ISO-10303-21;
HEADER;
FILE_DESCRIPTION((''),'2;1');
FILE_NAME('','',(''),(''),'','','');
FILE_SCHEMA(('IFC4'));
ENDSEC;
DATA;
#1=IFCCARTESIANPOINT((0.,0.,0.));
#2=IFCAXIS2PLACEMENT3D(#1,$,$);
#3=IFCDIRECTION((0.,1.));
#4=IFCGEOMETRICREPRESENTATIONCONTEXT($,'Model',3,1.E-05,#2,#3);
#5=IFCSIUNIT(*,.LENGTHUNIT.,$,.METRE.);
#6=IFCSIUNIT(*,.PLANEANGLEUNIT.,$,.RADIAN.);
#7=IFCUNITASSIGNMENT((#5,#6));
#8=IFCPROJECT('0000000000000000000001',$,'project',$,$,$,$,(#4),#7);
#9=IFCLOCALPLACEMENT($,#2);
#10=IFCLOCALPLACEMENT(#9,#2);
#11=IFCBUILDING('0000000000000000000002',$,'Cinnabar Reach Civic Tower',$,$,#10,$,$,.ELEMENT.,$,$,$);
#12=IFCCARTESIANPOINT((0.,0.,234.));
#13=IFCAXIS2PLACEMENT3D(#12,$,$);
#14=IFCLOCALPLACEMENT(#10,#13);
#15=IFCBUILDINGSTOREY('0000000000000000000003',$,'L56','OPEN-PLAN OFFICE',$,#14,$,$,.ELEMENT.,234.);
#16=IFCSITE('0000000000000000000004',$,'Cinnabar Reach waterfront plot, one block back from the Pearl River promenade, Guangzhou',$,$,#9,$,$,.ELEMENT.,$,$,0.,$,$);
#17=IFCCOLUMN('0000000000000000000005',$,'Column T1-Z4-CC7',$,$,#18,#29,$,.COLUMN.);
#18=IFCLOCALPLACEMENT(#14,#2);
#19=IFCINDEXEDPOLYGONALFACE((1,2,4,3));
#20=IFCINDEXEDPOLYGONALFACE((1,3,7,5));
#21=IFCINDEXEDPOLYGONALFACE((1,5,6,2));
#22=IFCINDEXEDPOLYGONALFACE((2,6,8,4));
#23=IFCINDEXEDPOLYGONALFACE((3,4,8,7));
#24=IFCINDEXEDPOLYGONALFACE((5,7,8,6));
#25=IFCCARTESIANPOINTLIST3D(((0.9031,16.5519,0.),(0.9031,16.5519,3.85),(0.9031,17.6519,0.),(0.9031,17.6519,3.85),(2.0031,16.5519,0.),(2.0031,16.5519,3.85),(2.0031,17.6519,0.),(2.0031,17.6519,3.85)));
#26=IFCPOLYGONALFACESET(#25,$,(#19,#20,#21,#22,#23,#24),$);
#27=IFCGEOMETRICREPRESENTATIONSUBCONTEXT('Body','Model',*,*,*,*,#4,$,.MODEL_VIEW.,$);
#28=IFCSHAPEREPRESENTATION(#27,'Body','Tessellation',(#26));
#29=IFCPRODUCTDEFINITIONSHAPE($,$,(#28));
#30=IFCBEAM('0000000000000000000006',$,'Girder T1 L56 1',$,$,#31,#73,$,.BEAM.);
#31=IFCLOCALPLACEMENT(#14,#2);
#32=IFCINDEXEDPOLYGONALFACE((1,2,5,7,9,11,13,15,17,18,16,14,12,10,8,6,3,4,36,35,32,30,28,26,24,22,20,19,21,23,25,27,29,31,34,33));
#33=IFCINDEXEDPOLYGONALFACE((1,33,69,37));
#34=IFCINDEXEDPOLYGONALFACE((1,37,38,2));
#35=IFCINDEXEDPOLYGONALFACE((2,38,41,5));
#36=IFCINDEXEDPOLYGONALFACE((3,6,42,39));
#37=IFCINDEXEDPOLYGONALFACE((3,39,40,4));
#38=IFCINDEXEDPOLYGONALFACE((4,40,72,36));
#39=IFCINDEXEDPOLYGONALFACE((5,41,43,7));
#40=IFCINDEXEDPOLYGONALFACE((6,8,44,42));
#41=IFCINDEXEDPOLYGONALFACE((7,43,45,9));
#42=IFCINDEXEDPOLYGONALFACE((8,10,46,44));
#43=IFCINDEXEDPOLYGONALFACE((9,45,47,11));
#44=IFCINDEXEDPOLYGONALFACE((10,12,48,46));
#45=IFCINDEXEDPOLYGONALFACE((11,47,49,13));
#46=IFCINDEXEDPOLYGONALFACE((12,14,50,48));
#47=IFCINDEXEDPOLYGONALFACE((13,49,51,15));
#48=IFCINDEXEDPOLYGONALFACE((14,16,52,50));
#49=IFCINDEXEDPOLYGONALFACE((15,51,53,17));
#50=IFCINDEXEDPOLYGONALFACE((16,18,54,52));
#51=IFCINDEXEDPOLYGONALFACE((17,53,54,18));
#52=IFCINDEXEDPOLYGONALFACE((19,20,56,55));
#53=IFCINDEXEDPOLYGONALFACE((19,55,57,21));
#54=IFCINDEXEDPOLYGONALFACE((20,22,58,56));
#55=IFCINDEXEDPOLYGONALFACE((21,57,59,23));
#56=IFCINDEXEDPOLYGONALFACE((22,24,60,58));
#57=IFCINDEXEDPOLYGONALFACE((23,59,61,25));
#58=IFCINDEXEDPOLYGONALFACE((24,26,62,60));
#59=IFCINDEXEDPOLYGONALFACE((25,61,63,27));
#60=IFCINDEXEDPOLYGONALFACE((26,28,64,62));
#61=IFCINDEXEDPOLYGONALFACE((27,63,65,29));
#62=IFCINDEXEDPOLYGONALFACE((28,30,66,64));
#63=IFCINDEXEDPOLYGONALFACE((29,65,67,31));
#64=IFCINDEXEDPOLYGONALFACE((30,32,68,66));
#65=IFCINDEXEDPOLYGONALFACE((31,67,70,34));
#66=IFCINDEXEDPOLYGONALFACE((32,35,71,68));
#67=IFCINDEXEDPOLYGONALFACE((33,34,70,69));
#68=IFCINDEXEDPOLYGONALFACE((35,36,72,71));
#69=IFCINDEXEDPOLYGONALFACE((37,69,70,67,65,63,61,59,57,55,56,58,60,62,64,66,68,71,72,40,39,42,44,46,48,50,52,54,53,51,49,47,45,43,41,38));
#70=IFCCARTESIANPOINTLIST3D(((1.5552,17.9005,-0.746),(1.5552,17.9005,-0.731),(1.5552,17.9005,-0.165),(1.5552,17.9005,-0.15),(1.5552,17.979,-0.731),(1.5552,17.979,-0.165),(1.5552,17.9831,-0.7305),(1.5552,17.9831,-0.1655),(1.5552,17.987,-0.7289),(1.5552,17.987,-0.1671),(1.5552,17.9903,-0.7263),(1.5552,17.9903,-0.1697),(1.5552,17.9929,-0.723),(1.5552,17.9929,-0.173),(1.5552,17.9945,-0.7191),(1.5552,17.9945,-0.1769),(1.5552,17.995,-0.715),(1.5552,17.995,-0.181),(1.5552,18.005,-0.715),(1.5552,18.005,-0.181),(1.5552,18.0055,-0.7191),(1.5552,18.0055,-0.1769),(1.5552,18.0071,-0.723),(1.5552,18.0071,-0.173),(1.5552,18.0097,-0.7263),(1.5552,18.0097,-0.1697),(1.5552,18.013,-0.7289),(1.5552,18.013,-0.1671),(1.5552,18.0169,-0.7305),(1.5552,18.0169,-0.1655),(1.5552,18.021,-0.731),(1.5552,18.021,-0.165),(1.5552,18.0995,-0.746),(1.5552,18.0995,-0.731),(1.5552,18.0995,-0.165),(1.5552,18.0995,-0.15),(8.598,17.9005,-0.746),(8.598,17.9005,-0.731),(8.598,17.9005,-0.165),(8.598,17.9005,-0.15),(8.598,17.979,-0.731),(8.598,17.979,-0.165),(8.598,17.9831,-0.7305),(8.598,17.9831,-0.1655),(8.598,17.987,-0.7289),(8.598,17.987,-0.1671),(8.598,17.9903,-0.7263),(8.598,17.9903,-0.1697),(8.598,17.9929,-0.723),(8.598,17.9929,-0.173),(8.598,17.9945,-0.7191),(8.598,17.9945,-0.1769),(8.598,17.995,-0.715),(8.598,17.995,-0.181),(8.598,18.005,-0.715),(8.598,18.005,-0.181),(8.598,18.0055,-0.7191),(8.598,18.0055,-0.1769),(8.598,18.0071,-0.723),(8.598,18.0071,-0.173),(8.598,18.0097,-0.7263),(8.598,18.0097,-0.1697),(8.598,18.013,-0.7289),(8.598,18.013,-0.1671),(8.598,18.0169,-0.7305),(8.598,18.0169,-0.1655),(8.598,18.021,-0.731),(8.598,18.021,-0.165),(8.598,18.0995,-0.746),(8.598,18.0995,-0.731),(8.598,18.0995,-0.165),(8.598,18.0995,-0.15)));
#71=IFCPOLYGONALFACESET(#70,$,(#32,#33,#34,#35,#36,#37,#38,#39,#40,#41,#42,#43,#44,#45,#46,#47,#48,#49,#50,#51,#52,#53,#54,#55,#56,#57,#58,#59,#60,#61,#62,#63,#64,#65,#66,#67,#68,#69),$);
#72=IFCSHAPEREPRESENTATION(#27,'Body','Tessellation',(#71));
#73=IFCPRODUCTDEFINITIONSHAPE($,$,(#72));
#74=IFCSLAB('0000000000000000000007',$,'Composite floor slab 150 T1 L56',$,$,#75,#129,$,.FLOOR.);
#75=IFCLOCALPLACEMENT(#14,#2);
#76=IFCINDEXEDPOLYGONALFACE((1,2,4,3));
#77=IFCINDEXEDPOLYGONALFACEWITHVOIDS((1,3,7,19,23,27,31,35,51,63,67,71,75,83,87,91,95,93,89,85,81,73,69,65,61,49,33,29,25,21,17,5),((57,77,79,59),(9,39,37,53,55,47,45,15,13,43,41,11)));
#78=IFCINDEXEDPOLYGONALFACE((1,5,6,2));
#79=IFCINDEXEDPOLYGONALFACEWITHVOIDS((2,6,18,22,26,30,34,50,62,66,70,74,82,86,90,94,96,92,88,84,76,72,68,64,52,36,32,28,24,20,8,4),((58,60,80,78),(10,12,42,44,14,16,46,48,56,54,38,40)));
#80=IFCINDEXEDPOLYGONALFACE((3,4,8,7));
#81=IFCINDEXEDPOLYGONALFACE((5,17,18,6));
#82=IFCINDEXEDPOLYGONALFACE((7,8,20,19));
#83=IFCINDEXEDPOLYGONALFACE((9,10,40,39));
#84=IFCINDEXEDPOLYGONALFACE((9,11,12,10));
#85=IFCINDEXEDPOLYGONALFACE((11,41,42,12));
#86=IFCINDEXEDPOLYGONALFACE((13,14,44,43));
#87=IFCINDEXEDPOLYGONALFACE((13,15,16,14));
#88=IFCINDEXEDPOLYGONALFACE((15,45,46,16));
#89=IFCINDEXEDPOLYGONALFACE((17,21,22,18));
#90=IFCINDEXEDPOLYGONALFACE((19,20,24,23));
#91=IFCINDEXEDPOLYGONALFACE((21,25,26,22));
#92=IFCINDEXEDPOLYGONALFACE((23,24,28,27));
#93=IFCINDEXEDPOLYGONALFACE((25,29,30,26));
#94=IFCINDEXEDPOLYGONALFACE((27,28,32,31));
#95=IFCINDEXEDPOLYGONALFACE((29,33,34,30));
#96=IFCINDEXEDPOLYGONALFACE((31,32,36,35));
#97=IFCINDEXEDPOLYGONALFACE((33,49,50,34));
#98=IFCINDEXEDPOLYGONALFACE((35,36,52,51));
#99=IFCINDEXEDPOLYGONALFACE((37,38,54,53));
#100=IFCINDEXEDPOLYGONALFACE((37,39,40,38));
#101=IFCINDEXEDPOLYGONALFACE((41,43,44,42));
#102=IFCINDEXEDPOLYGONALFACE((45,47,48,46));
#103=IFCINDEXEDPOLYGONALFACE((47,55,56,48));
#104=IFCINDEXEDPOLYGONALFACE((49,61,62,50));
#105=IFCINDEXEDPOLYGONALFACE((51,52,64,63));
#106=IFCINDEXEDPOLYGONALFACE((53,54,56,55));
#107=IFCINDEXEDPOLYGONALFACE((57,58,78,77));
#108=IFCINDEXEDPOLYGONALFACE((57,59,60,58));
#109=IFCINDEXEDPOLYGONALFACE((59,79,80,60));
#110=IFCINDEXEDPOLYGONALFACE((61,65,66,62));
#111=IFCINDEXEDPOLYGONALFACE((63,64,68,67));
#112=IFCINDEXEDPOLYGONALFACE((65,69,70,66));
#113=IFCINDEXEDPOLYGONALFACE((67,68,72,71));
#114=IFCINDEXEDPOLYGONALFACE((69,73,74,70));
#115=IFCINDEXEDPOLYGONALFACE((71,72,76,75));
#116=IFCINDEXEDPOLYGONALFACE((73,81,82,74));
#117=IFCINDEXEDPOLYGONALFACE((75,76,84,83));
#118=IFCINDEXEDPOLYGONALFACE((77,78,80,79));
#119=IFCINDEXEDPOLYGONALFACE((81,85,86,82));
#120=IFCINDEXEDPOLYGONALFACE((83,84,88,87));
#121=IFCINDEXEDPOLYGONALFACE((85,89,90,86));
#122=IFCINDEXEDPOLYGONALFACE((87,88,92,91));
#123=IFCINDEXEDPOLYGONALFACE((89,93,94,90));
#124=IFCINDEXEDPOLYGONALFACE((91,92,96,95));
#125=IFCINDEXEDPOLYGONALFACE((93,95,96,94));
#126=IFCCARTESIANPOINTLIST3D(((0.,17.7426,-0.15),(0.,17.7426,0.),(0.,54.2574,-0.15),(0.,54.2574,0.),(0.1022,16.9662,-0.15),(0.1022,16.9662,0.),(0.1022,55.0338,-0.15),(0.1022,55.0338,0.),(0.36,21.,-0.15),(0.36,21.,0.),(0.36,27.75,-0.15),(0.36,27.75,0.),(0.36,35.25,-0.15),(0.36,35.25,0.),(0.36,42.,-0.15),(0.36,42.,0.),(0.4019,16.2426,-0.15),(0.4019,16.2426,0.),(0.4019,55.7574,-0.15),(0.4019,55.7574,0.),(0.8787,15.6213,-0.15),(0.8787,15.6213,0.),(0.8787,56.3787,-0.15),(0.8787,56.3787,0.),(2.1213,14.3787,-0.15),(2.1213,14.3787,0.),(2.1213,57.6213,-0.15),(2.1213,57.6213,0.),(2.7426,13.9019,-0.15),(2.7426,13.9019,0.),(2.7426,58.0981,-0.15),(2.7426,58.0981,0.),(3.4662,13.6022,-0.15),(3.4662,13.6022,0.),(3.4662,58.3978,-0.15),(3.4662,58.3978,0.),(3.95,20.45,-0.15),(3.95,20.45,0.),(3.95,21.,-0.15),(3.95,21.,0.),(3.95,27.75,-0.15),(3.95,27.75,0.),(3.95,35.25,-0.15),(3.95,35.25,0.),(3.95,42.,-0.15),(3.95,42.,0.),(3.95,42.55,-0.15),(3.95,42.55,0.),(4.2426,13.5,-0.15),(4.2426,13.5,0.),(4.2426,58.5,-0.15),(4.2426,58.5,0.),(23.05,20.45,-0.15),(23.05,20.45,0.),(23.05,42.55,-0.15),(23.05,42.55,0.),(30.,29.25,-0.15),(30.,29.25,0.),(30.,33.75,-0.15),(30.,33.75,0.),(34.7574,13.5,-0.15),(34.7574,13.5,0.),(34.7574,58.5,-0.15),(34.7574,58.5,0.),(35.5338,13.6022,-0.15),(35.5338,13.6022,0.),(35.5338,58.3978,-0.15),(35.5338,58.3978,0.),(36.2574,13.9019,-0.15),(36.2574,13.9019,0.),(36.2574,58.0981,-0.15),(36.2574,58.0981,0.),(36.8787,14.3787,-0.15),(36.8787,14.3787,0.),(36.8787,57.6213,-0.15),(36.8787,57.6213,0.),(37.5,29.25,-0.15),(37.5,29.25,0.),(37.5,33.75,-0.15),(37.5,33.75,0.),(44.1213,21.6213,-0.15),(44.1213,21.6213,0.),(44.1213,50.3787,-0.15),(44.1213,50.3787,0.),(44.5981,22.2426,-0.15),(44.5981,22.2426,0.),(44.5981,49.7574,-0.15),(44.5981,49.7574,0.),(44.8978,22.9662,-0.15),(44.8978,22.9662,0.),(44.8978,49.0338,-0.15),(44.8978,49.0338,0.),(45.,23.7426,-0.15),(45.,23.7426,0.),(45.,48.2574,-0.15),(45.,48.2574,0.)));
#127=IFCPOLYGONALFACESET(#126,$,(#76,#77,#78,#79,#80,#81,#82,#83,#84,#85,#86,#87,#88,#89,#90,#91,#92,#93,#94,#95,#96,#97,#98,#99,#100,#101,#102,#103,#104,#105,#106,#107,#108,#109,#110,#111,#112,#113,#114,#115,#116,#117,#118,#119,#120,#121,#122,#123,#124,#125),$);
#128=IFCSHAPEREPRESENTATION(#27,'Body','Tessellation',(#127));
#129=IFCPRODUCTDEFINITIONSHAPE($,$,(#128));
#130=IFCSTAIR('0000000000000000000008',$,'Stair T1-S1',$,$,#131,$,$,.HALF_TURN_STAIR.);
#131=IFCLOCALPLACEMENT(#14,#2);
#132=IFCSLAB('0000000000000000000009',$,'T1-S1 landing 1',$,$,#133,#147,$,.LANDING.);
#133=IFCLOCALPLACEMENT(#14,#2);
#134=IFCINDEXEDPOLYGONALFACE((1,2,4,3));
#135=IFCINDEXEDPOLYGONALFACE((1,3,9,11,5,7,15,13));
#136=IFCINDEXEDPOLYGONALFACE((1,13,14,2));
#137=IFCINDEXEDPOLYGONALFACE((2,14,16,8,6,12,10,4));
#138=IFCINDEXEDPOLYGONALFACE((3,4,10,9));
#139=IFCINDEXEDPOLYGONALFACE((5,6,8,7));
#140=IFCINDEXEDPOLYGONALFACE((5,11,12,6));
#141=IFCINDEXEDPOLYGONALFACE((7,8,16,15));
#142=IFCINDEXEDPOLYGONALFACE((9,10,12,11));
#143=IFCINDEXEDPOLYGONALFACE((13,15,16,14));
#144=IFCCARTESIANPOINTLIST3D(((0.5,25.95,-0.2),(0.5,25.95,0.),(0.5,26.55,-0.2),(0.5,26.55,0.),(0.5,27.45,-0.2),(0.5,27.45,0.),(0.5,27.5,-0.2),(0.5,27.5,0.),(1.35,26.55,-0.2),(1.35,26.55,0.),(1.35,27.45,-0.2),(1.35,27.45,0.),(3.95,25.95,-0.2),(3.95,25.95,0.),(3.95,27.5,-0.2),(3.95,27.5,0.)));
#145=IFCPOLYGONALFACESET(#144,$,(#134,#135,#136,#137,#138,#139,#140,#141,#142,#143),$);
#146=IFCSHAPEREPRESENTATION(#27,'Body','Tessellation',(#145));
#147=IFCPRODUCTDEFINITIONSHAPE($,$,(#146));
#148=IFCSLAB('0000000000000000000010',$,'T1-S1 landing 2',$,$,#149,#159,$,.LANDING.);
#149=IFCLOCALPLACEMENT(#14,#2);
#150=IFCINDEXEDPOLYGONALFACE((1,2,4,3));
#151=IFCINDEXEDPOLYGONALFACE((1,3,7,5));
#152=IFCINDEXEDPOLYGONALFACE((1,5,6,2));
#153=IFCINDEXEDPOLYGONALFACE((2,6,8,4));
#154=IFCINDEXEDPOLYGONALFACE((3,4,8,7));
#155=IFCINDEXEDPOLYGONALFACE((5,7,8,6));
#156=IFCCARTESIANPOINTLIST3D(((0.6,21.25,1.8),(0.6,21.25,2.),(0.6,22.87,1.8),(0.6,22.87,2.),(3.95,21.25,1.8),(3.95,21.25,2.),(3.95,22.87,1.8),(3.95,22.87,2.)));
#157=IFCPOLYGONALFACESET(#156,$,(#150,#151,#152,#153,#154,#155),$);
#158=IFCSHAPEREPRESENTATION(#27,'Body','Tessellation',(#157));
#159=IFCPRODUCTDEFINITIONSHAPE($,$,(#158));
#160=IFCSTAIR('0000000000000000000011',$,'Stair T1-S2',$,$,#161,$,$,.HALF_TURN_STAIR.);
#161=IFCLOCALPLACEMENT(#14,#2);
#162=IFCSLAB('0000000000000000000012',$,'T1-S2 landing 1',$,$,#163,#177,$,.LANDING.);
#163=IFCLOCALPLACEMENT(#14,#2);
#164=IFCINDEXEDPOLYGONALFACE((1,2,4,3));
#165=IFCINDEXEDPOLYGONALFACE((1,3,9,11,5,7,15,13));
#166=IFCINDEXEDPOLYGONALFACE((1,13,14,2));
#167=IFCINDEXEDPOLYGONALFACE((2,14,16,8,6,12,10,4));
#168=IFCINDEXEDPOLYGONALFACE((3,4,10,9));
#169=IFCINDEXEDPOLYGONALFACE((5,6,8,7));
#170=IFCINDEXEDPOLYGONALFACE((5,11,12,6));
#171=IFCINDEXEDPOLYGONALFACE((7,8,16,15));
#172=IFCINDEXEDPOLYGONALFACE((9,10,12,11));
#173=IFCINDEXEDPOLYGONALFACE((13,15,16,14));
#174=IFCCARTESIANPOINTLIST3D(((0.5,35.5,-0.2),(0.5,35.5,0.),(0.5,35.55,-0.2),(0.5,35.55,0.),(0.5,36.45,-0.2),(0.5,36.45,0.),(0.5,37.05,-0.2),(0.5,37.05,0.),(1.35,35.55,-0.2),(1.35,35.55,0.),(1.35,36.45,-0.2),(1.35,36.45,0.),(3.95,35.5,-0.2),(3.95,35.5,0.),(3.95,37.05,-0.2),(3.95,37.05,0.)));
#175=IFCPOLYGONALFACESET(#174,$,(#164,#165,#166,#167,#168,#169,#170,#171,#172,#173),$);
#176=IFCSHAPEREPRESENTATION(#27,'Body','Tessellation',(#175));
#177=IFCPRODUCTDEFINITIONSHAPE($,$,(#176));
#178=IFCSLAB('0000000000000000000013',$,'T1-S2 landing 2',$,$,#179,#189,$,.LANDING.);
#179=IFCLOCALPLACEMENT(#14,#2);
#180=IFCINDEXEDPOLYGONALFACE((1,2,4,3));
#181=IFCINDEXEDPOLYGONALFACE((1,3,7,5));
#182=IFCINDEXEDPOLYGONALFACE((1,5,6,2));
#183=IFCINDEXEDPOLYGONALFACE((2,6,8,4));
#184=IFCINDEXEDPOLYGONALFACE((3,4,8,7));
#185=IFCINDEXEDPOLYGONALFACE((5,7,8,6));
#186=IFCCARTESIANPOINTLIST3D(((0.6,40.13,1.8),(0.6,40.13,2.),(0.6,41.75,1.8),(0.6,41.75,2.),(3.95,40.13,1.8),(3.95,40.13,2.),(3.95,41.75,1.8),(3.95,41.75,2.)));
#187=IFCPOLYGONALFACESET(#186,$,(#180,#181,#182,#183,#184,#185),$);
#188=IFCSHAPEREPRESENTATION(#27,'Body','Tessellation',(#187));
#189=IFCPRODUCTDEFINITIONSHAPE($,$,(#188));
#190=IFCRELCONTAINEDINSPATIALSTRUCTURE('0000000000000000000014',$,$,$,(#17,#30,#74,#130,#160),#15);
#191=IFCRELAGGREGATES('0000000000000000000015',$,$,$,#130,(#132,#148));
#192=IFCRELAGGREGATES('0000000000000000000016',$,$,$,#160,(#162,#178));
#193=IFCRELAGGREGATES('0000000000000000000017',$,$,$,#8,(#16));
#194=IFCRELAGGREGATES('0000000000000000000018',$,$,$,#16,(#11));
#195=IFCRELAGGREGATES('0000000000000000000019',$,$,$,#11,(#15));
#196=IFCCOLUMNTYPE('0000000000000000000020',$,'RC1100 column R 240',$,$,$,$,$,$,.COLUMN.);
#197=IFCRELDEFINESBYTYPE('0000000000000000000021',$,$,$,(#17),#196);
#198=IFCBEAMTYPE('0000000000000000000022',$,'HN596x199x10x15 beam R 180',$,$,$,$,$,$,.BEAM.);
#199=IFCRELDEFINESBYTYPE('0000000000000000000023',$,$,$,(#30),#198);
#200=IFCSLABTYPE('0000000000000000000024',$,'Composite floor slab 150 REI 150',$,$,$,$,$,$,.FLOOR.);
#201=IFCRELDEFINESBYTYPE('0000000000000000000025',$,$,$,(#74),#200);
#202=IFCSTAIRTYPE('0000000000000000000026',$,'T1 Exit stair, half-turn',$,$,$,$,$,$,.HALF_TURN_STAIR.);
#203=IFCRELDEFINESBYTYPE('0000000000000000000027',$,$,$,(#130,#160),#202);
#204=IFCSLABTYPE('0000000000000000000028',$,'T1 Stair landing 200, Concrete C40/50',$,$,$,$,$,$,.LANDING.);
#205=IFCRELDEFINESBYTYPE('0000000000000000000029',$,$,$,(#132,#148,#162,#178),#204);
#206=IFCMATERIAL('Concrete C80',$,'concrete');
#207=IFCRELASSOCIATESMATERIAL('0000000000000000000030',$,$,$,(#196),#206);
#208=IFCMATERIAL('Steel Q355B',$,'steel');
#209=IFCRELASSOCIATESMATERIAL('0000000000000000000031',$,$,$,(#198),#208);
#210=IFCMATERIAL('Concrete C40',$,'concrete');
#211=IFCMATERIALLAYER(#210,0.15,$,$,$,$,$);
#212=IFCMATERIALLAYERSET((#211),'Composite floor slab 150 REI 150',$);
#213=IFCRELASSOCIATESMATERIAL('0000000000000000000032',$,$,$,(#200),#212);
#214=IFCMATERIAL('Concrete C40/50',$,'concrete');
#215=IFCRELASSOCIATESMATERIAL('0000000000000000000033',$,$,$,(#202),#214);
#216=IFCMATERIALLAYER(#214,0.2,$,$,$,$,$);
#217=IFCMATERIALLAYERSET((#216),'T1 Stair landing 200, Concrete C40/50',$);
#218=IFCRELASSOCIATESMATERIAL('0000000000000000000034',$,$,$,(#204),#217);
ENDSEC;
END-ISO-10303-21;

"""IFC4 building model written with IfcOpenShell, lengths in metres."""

from ifc_helpers import new_model, si_unit, direction, frame, origin, origin_2d, place, context, subcontext, project, spatial, polyline, rectangle, i_section, outline, extrude, material, layer, layer_set, material_profile, profile_set, type_object, element, aggregate, save


model = new_model("IFC4")

# Units and contexts
model_context = context("Model", 3, precision=1e-05, world=origin(), true_north=direction((0.0, 1.0)))
body_context = subcontext(model_context, "Body", "Model", "MODEL_VIEW")
ifc_project = project(units=[si_unit("LENGTHUNIT", "METRE"), si_unit("PLANEANGLEUNIT", "RADIAN")], contexts=[model_context])

# Site, building, storey
site_placement = place(None, origin())
site = spatial("IfcSite", under=ifc_project, at=site_placement, Name="Cinnabar Reach waterfront plot, one block back from the Pearl River promenade, Guangzhou", CompositionType="ELEMENT", RefElevation=0.0)
building_placement = place(site_placement, origin())
building = spatial("IfcBuilding", under=site, at=building_placement, Name="Cinnabar Reach Civic Tower", CompositionType="ELEMENT")
storey_placement = place(building_placement, frame((0.0, 0.0, 234.0)))
storey = spatial("IfcBuildingStorey", under=building, at=storey_placement, Name="L56", Description="OPEN-PLAN OFFICE", CompositionType="ELEMENT", Elevation=234.0)

# Column
ifc_material_1 = material(Name="Concrete C80", Category="concrete")
ifc_material_profile_1 = material_profile(ifc_material_1, rectangle(XDim=1.1, YDim=1.1, at=origin_2d()), Name="RC1100")
ifc_profile_set_1 = profile_set([ifc_material_profile_1], Name="Concrete C80")
column_type = type_object("IfcColumnType", Name="RC1100 column R 240", PredefinedType="COLUMN", material=ifc_profile_set_1)
column_placement = place(storey_placement, frame((1.4531, 17.1019, 0.0), z_axis=(0.0, 0.0, 1.0), x_axis=(1.0, 0.0, 0.0)))
element("IfcColumn", 1, at=column_placement, inside=storey, type_object=column_type, Name="Column T1-Z4-CC7", PredefinedType="COLUMN", context=body_context, shape_type="SweptSolid", body=[
    extrude(rectangle(XDim=1.1, YDim=1.1, at=origin_2d()), origin(), (0.0, 0.0, 1.0), 3.85),
])

# Beam
ifc_material_2 = material(Name="Steel Q355B", Category="steel")
ifc_material_profile_2 = material_profile(ifc_material_2, i_section(OverallWidth=0.199, OverallDepth=0.596, WebThickness=0.01, FlangeThickness=0.015, FilletRadius=0.016, at=origin_2d()), Name="HN596x199x10x15")
ifc_profile_set_2 = profile_set([ifc_material_profile_2], Name="Steel Q355B")
beam_type = type_object("IfcBeamType", Name="HN596x199x10x15 beam R 180", PredefinedType="BEAM", material=ifc_profile_set_2)
beam_placement = place(storey_placement, frame((1.5552, 18.0, -0.448), z_axis=(1.0, 0.0, 0.0), x_axis=(0.0, 1.0, 0.0)))
element("IfcBeam", 2, at=beam_placement, inside=storey, type_object=beam_type, Name="Girder T1 L56 1", PredefinedType="BEAM", context=body_context, shape_type="SweptSolid", body=[
    extrude(i_section(OverallWidth=0.199, OverallDepth=0.596, WebThickness=0.01, FlangeThickness=0.015, FilletRadius=0.016, at=origin_2d()), origin(), (0.0, 0.0, 1.0), 7.0428),
])

# Slab
ifc_material_3 = material(Name="Concrete C40", Category="concrete")
ifc_layer_1 = layer(ifc_material_3, 0.15)
ifc_layer_set_1 = layer_set([ifc_layer_1], Name="Composite floor slab 150 REI 150")
slab_type_1 = type_object("IfcSlabType", Name="Composite floor slab 150 REI 150", PredefinedType="FLOOR", material=ifc_layer_set_1)
slab_1_placement = place(storey_placement, frame((0.0, 0.0, -0.15)))
element("IfcSlab", 3, at=slab_1_placement, inside=storey, type_object=slab_type_1, Name="Composite floor slab 150 T1 L56", PredefinedType="FLOOR", context=body_context, shape_type="SweptSolid", body=[
    extrude(outline(polyline([(0.8787, 15.6213), (0.4019, 16.2426), (0.1022, 16.9662), (0.0, 17.7426), (0.0, 54.2574), (0.1022, 55.0338), (0.4019, 55.7574), (0.8787, 56.3787), (2.1213, 57.6213), (2.7426, 58.0981), (3.4662, 58.3978), (4.2426, 58.5), (34.7574, 58.5), (35.5338, 58.3978), (36.2574, 58.0981), (36.8787, 57.6213), (44.1213, 50.3787), (44.5981, 49.7574), (44.8978, 49.0338), (45.0, 48.2574), (45.0, 23.7426), (44.8978, 22.9662), (44.5981, 22.2426), (44.1213, 21.6213), (36.8787, 14.3787), (36.2574, 13.9019), (35.5338, 13.6022), (34.7574, 13.5), (4.2426, 13.5), (3.4662, 13.6022), (2.7426, 13.9019), (2.1213, 14.3787), (0.8787, 15.6213)]), holes=[polyline([(0.36, 21.0), (3.95, 21.0), (3.95, 20.45), (23.05, 20.45), (23.05, 42.55), (3.95, 42.55), (3.95, 42.0), (0.36, 42.0), (0.36, 35.25), (3.95, 35.25), (3.95, 27.75), (0.36, 27.75), (0.36, 21.0)]), polyline([(30.0, 33.75), (30.0, 29.25), (37.5, 29.25), (37.5, 33.75), (30.0, 33.75)])]), origin(), (0.0, 0.0, 1.0), 0.15),
])

# Stairs, slabs
ifc_material_4 = material(Name="Concrete C40/50", Category="concrete")
stair_type = type_object("IfcStairType", Name="T1 Exit stair, half-turn", PredefinedType="HALF_TURN_STAIR", material=ifc_material_4)
stair_1_placement = place(storey_placement, origin())
stair_1 = element("IfcStair", 4, at=stair_1_placement, inside=storey, type_object=stair_type, Name="Stair T1-S1", PredefinedType="HALF_TURN_STAIR")
ifc_layer_2 = layer(ifc_material_4, 0.2)
ifc_layer_set_2 = layer_set([ifc_layer_2], Name="T1 Stair landing 200, Concrete C40/50")
slab_type_2 = type_object("IfcSlabType", Name="T1 Stair landing 200, Concrete C40/50", PredefinedType="LANDING", material=ifc_layer_set_2)
slab_2_placement = place(storey_placement, frame((0.0, 0.0, -0.2)))
slab_2 = element("IfcSlab", 5, at=slab_2_placement, type_object=slab_type_2, Name="T1-S1 landing 1", PredefinedType="LANDING", context=body_context, shape_type="SweptSolid", body=[
    extrude(outline(polyline([(0.5, 27.5), (3.95, 27.5), (3.95, 25.95), (0.5, 25.95), (0.5, 26.55), (1.35, 26.55), (1.35, 27.45), (0.5, 27.45), (0.5, 27.5)])), origin(), (0.0, 0.0, 1.0), 0.2),
])
slab_3_placement = place(storey_placement, frame((0.0, 0.0, 1.8)))
slab_3 = element("IfcSlab", 6, at=slab_3_placement, type_object=slab_type_2, Name="T1-S1 landing 2", PredefinedType="LANDING", context=body_context, shape_type="SweptSolid", body=[
    extrude(outline(polyline([(0.6, 21.25), (0.6, 22.87), (3.95, 22.87), (3.95, 21.25), (0.6, 21.25)])), origin(), (0.0, 0.0, 1.0), 0.2),
])
aggregate(stair_1, [slab_2, slab_3])
stair_2_placement = place(storey_placement, origin())
stair_2 = element("IfcStair", 7, at=stair_2_placement, inside=storey, type_object=stair_type, Name="Stair T1-S2", PredefinedType="HALF_TURN_STAIR")
slab_4_placement = place(storey_placement, frame((0.0, 0.0, -0.2)))
slab_4 = element("IfcSlab", 8, at=slab_4_placement, type_object=slab_type_2, Name="T1-S2 landing 1", PredefinedType="LANDING", context=body_context, shape_type="SweptSolid", body=[
    extrude(outline(polyline([(0.5, 37.05), (3.95, 37.05), (3.95, 35.5), (0.5, 35.5), (0.5, 35.55), (1.35, 35.55), (1.35, 36.45), (0.5, 36.45), (0.5, 37.05)])), origin(), (0.0, 0.0, 1.0), 0.2),
])
slab_5_placement = place(storey_placement, frame((0.0, 0.0, 1.8)))
slab_5 = element("IfcSlab", 9, at=slab_5_placement, type_object=slab_type_2, Name="T1-S2 landing 2", PredefinedType="LANDING", context=body_context, shape_type="SweptSolid", body=[
    extrude(outline(polyline([(0.6, 40.13), (0.6, 41.75), (3.95, 41.75), (3.95, 40.13), (0.6, 40.13)])), origin(), (0.0, 0.0, 1.0), 0.2),
])
aggregate(stair_2, [slab_4, slab_5])

save(model, "model.ifc")
